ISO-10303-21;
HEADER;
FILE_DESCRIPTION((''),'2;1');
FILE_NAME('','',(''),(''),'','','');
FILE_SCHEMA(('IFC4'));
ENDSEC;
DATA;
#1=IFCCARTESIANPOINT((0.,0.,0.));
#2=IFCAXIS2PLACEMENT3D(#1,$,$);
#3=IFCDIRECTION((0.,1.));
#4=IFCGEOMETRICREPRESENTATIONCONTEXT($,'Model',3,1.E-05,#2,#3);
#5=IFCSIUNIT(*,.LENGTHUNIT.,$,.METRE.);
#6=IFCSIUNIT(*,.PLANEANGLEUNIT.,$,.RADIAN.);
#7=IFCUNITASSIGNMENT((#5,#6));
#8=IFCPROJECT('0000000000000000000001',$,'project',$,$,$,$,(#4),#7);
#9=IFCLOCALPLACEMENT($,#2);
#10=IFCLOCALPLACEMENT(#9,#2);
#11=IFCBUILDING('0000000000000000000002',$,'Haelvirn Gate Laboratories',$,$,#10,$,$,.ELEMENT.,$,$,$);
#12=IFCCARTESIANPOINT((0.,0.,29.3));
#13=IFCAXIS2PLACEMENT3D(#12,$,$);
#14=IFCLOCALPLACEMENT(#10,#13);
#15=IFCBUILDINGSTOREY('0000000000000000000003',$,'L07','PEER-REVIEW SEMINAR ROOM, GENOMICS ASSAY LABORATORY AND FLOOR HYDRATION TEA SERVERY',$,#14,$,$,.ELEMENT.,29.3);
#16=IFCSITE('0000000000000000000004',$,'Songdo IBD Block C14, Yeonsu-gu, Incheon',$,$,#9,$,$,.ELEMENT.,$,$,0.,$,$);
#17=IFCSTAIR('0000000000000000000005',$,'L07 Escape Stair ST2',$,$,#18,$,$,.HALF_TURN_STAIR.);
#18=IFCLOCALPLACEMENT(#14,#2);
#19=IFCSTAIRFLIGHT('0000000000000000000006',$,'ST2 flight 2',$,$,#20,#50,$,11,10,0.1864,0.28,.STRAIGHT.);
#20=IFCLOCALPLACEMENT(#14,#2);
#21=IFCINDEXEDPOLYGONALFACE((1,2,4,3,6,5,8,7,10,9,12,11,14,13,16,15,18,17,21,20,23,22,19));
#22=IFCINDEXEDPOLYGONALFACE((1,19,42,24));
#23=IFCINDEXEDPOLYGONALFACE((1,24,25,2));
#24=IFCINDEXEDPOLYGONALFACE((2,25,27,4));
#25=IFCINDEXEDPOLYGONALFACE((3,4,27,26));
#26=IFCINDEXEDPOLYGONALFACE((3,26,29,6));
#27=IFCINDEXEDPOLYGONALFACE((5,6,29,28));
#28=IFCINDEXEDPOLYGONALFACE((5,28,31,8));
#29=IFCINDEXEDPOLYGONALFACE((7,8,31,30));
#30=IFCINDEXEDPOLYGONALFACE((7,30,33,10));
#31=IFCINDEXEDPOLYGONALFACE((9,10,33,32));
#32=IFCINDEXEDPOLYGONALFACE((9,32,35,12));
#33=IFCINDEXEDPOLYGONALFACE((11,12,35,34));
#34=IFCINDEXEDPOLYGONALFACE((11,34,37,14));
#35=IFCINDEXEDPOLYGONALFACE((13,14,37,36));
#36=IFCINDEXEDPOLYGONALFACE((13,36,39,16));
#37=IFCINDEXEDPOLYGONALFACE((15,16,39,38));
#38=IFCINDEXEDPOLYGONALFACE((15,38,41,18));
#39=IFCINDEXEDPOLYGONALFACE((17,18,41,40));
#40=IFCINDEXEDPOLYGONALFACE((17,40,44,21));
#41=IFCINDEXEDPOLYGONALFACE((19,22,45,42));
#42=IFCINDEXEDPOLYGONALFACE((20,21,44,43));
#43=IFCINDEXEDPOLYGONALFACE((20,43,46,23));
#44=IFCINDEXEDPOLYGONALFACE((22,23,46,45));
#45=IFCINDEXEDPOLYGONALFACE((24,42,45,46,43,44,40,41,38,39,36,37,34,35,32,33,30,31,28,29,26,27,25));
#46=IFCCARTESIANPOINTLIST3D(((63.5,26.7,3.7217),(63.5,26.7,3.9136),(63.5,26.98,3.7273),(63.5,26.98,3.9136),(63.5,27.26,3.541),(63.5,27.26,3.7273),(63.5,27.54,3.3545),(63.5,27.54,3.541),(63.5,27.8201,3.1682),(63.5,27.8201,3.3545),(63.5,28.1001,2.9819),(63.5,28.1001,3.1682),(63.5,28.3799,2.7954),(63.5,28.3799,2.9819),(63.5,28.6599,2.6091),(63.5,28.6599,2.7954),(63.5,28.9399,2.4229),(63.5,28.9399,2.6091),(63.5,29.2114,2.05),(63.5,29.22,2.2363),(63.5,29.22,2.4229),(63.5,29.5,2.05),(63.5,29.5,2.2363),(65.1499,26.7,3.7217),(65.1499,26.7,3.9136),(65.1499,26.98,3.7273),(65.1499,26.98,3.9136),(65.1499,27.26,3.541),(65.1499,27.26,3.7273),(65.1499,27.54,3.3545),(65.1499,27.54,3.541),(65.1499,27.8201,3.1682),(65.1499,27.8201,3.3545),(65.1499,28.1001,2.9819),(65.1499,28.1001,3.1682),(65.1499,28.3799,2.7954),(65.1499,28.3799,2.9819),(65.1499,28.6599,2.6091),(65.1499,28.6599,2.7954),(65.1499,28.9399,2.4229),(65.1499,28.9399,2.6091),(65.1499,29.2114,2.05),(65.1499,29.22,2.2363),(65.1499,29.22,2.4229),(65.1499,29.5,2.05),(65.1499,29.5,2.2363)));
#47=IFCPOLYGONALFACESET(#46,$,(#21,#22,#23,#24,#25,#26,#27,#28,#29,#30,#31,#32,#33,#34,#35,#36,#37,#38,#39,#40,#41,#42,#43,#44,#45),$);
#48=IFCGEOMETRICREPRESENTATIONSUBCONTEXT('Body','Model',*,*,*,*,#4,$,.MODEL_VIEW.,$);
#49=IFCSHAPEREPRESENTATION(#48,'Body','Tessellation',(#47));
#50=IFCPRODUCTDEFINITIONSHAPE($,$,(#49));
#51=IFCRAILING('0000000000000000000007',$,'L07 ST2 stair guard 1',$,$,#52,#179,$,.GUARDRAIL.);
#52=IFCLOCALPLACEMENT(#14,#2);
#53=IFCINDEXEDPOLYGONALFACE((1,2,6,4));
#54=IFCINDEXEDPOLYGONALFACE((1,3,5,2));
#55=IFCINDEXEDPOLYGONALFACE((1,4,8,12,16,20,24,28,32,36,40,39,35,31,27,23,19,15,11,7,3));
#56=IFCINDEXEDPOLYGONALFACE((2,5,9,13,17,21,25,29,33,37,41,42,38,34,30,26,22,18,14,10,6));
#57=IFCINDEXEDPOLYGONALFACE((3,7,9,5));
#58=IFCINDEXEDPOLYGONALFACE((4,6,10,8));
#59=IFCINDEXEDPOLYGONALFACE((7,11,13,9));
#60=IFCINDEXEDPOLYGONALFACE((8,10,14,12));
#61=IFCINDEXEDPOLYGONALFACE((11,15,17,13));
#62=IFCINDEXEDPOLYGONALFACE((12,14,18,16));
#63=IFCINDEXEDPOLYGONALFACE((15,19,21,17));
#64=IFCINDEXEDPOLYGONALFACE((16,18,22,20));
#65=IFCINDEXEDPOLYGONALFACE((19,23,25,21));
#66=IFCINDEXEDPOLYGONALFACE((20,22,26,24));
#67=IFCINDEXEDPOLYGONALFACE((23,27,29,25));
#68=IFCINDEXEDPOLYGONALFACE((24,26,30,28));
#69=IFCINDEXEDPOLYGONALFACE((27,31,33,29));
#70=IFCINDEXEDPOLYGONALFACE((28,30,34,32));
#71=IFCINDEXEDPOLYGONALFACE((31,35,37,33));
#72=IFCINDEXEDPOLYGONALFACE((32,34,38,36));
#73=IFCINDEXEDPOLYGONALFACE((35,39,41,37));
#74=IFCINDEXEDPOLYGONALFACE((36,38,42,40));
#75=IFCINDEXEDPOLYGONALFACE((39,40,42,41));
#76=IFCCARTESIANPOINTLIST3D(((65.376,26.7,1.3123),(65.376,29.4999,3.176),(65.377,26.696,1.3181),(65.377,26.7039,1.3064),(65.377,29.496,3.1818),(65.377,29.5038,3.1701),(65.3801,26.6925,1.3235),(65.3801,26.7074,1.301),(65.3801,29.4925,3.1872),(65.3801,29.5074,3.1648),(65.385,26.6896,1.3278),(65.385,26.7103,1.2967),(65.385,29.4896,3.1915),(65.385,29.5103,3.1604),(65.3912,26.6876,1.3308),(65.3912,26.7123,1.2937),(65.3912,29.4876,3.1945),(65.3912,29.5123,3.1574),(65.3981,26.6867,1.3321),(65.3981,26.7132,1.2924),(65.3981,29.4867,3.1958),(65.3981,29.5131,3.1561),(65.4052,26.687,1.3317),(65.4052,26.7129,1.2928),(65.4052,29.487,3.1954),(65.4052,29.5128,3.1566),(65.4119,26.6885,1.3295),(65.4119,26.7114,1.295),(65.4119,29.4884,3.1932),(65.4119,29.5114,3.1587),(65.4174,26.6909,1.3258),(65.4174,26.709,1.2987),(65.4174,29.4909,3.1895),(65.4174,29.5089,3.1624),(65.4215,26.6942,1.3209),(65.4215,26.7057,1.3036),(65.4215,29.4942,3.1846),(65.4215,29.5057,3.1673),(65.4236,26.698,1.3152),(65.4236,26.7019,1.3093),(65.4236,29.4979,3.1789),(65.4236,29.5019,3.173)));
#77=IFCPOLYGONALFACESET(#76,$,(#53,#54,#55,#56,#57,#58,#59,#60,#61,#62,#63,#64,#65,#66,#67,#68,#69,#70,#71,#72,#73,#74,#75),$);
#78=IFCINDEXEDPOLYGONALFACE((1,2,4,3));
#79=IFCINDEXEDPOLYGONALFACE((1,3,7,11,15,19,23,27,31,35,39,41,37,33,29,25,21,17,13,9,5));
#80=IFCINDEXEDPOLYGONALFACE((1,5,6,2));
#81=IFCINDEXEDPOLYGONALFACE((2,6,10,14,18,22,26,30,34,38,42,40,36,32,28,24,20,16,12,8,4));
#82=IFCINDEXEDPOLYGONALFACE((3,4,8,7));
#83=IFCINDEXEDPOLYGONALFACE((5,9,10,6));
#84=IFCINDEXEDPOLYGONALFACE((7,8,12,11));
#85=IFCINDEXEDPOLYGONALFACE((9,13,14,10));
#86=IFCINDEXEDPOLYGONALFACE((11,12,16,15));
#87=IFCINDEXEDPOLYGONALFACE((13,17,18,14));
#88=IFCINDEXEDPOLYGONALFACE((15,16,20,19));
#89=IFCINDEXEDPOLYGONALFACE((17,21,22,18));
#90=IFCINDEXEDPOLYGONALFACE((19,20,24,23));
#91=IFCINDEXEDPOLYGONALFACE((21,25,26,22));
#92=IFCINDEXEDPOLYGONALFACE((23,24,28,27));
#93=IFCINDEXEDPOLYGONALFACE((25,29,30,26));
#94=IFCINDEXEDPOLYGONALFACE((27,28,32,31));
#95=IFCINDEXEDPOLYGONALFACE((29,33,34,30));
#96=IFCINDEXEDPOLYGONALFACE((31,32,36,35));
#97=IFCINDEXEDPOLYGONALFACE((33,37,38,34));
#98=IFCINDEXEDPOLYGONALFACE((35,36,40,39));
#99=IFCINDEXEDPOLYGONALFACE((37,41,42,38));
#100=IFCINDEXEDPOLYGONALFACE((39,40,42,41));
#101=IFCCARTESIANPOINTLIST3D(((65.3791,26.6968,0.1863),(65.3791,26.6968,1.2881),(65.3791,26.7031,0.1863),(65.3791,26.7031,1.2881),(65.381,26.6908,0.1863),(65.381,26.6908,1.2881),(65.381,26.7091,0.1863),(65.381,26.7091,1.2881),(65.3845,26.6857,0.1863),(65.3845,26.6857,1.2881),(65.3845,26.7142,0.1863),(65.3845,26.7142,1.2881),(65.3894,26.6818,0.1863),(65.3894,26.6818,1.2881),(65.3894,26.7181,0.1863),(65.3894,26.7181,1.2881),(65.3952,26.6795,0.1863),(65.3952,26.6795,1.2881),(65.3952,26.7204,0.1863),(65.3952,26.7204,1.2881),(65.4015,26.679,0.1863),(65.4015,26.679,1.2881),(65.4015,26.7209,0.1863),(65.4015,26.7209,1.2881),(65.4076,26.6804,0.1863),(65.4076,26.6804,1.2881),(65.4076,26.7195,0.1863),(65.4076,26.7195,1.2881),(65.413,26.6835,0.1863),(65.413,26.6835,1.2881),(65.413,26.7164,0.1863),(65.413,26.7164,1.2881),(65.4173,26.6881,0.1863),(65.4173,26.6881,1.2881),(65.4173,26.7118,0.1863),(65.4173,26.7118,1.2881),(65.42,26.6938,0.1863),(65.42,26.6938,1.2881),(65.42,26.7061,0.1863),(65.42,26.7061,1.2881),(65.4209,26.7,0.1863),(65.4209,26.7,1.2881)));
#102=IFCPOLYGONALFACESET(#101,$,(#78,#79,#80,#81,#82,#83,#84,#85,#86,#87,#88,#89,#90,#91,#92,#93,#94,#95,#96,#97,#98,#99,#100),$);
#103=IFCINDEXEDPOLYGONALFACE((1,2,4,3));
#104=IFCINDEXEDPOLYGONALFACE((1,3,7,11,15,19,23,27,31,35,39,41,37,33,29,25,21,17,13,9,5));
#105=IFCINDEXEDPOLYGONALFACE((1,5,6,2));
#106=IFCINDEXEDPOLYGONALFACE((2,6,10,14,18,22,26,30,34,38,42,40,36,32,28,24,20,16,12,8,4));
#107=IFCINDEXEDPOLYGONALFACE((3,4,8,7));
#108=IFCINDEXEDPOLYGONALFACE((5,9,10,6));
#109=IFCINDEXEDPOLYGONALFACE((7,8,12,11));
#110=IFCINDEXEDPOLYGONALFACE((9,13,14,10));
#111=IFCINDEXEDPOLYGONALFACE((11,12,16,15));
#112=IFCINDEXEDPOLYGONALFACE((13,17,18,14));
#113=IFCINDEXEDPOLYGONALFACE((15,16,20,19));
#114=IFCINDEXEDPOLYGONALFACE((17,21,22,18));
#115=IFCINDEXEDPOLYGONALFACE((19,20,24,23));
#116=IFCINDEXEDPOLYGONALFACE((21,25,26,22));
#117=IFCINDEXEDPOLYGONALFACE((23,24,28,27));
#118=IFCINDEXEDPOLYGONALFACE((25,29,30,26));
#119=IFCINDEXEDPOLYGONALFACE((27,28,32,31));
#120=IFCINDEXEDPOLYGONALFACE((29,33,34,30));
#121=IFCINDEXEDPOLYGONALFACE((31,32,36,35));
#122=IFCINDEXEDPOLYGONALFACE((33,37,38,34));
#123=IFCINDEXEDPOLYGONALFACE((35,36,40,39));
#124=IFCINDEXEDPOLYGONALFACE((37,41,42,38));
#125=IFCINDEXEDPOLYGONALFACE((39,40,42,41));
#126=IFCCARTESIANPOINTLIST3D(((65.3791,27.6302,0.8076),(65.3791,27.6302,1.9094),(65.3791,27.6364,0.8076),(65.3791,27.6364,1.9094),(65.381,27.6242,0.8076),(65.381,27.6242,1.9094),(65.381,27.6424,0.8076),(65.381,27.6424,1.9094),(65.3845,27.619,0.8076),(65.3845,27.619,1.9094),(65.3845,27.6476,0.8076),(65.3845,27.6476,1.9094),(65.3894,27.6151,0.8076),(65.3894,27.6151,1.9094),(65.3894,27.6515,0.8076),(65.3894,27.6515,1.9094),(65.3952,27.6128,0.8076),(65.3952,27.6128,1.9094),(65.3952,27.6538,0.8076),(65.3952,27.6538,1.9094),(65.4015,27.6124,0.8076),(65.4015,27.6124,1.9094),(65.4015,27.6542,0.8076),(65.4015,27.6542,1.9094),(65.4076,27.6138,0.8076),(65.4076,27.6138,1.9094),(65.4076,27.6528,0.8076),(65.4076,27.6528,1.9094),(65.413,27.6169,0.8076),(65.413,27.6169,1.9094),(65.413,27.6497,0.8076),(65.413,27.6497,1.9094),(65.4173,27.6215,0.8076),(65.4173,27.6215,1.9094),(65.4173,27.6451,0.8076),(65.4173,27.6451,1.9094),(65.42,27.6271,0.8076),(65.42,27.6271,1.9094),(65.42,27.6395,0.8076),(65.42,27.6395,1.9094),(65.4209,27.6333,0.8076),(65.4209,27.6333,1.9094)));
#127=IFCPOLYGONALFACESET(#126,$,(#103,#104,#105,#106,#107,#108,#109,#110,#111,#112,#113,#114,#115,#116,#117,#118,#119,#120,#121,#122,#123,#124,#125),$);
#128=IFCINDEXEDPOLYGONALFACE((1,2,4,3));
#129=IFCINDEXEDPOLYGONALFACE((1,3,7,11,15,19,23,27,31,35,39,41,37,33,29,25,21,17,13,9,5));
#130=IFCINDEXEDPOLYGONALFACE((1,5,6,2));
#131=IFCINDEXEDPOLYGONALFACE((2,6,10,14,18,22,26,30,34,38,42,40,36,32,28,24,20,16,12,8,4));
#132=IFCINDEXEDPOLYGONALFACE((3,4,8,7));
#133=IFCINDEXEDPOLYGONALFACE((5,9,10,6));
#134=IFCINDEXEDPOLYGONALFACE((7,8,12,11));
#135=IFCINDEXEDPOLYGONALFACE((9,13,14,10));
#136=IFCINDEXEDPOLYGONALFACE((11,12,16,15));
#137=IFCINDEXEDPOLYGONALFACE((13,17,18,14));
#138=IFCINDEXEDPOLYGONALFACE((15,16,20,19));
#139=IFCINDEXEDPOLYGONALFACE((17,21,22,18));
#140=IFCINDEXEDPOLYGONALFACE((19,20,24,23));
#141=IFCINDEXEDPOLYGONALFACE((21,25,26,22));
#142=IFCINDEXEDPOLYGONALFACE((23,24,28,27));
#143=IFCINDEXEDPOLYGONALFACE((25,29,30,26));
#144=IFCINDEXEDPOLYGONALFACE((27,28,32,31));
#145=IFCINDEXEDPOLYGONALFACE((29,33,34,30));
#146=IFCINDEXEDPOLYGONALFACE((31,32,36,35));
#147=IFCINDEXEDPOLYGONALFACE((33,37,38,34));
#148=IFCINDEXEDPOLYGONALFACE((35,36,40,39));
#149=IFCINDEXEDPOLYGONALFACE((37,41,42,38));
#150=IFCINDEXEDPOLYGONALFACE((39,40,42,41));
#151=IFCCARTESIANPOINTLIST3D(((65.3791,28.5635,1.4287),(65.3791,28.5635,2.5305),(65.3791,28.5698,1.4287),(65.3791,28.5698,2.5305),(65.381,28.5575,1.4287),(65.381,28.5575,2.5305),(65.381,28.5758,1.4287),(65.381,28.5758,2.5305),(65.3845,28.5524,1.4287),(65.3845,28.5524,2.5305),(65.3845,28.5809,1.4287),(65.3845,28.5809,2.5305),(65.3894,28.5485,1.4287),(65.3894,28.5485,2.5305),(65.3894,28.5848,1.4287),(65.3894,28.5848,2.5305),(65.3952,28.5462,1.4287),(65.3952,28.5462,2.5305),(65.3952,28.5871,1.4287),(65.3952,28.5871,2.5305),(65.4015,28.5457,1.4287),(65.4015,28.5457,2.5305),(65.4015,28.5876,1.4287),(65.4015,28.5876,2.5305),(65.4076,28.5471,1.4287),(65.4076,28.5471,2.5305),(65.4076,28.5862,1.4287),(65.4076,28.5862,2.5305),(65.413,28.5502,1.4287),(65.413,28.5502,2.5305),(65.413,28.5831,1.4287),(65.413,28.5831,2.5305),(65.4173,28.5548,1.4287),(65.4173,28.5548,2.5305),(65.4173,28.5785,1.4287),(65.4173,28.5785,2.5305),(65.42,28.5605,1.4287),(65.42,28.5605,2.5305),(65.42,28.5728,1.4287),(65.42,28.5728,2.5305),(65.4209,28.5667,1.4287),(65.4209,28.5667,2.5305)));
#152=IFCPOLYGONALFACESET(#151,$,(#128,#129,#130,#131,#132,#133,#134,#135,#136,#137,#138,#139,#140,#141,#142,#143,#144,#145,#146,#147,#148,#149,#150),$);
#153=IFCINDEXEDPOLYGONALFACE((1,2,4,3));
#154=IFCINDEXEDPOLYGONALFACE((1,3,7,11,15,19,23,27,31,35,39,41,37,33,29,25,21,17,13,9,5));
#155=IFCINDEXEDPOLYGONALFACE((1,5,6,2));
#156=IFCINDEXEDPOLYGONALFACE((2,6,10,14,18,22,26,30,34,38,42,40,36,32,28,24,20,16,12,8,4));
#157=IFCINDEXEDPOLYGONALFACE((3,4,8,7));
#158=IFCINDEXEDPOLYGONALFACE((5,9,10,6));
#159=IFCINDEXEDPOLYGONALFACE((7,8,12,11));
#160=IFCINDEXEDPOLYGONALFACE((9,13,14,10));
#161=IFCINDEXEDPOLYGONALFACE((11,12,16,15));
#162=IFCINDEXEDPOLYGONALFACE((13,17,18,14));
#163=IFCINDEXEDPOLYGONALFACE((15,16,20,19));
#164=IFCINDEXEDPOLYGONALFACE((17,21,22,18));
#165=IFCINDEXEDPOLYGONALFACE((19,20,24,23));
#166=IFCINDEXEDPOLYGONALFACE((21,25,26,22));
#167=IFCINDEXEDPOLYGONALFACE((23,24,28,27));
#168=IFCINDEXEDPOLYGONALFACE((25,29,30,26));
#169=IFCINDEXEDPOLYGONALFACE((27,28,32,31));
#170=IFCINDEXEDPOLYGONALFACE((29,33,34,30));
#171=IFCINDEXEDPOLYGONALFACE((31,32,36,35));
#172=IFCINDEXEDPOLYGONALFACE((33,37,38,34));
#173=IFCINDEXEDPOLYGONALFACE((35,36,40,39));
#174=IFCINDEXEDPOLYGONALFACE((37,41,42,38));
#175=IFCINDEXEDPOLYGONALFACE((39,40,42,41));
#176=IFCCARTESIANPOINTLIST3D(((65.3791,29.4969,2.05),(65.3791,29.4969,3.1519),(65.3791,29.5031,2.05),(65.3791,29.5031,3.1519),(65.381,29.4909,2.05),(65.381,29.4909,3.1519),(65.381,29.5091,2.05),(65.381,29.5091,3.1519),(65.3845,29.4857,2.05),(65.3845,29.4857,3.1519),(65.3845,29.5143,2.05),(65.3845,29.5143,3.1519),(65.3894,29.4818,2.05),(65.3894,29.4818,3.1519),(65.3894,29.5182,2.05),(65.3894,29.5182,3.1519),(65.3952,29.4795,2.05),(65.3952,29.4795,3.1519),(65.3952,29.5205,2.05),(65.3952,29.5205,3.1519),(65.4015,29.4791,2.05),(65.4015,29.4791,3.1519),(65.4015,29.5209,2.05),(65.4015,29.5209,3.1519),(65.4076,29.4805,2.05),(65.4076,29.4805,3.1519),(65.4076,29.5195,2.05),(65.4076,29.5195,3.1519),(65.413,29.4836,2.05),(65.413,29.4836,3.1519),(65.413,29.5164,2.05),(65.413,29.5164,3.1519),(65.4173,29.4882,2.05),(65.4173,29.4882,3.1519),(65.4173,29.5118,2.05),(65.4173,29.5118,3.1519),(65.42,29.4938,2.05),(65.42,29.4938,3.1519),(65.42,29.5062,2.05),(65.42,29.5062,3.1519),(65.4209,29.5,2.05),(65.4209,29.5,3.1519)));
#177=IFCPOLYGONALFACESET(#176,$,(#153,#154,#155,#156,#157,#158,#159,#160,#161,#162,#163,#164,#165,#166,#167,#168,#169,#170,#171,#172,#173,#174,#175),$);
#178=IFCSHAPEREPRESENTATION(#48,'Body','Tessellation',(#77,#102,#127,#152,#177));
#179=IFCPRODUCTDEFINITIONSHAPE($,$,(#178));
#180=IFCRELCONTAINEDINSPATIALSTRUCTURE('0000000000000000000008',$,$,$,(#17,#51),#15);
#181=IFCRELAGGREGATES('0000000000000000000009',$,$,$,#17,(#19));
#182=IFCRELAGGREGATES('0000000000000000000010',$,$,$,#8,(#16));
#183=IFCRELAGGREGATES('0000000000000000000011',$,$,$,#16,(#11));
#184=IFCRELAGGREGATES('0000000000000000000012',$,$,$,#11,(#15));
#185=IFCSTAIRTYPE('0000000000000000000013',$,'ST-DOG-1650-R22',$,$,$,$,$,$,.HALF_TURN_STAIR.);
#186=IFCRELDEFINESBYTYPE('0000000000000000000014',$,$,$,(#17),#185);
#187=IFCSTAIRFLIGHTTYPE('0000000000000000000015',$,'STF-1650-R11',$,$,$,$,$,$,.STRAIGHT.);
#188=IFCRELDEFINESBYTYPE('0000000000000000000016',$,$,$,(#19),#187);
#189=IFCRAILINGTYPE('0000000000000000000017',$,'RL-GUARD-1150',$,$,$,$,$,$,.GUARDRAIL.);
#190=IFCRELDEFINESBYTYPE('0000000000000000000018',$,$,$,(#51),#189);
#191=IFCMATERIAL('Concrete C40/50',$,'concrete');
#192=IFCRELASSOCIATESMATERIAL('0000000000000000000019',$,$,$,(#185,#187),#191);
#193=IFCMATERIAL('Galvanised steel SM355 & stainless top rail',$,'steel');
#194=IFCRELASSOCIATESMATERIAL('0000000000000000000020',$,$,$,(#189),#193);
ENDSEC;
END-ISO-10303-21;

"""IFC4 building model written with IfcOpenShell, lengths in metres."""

from ifc_helpers import new_model, si_unit, direction, frame, origin, origin_2d, place, context, subcontext, project, spatial, polyline, circle, outline, extrude, source, transform, mapped, material, type_object, type_shapes, element, aggregate, save


model = new_model("IFC4")

# Units and contexts
model_context = context("Model", 3, precision=1e-05, world=origin(), true_north=direction((0.0, 1.0)))
body_context = subcontext(model_context, "Body", "Model", "MODEL_VIEW")
ifc_project = project(units=[si_unit("LENGTHUNIT", "METRE"), si_unit("PLANEANGLEUNIT", "RADIAN")], contexts=[model_context])

# Site, building, storey
site_placement = place(None, origin())
site = spatial("IfcSite", under=ifc_project, at=site_placement, Name="Songdo IBD Block C14, Yeonsu-gu, Incheon", CompositionType="ELEMENT", RefElevation=0.0)
building_placement = place(site_placement, origin())
building = spatial("IfcBuilding", under=site, at=building_placement, Name="Haelvirn Gate Laboratories", CompositionType="ELEMENT")
storey_placement = place(building_placement, frame((0.0, 0.0, 29.3)))
storey = spatial("IfcBuildingStorey", under=building, at=storey_placement, Name="L07", Description="PEER-REVIEW SEMINAR ROOM, GENOMICS ASSAY LABORATORY AND FLOOR HYDRATION TEA SERVERY", CompositionType="ELEMENT", Elevation=29.3)

# Shared definitions
ifc_material_1 = material(Name="Concrete C40/50", Category="concrete")

# Stair, stair flight
stair_type = type_object("IfcStairType", Name="ST-DOG-1650-R22", PredefinedType="HALF_TURN_STAIR", material=ifc_material_1)
stair_placement = place(storey_placement, origin())
stair = element("IfcStair", 1, at=stair_placement, inside=storey, type_object=stair_type, Name="L07 Escape Stair ST2", PredefinedType="HALF_TURN_STAIR")
stair_flight_type = type_object("IfcStairFlightType", Name="STF-1650-R11", PredefinedType="STRAIGHT", material=ifc_material_1)
shared_shape_1 = source(origin(), body_context, "Body", "SweptSolid", [
    extrude(outline(polyline([(0.0, 0.0), (0.0, 0.1863), (0.28, 0.1863), (0.28, 0.3728), (0.5601, 0.3728), (0.5601, 0.5591), (0.8401, 0.5591), (0.8401, 0.7454), (1.1201, 0.7454), (1.1201, 0.9319), (1.3999, 0.9319), (1.3999, 1.1182), (1.6799, 1.1182), (1.6799, 1.3044), (1.96, 1.3044), (1.96, 1.491), (2.24, 1.491), (2.24, 1.6772), (2.52, 1.6772), (2.52, 1.8635), (2.8, 1.8635), (2.8, 2.05), (2.8, 1.6716), (0.2886, 0.0), (0.0, 0.0)])), frame((0.0, 0.825, 0.0), z_axis=(0.0, -1.0, 0.0), x_axis=(1.0, 0.0, 0.0)), (0.0, 0.0, 1.0), 1.6499),
])
type_shapes(stair_flight_type, [shared_shape_1])
stair_flight_1_placement = place(storey_placement, frame((64.325, 29.5, 2.05), z_axis=(0.0, 0.0, 1.0), x_axis=(0.0, -1.0, 0.0)))
stair_flight_1 = element("IfcStairFlight", 2, at=stair_flight_1_placement, type_object=stair_flight_type, Name="ST2 flight 2", NumberOfRisers=11, NumberOfTreads=10, PredefinedType="STRAIGHT", RiserHeight=0.1864, TreadLength=0.28, context=body_context, shape_type="MappedRepresentation", body=[
    mapped(shared_shape_1, transform((0.0, 0.0, 0.0), scale=1.0)),
])
aggregate(stair, [stair_flight_1])

# Railing
ifc_material_2 = material(Name="Galvanised steel SM355 & stainless top rail", Category="steel")
railing_type_1 = type_object("IfcRailingType", Name="RL-GUARD-1150", PredefinedType="GUARDRAIL", material=ifc_material_2)
shared_shape_2 = source(origin(), body_context, "Body", "SweptSolid", [
    extrude(circle(Radius=0.0239, at=origin_2d()), frame((0.0, 0.0, 1.126), z_axis=(0.0, 0.832452, 0.554097), x_axis=(-1.0, 0.0, 0.0)), (0.0, 0.0, 1.0), 3.3635),
    extrude(circle(Radius=0.021, at=origin_2d()), origin(), (0.0, 0.0, 1.0), 1.1018),
    extrude(circle(Radius=0.021, at=origin_2d()), frame((0.0, 0.9333, 0.6213)), (0.0, 0.0, 1.0), 1.1018),
    extrude(circle(Radius=0.021, at=origin_2d()), frame((0.0, 1.8667, 1.2424)), (0.0, 0.0, 1.0), 1.1018),
    extrude(circle(Radius=0.021, at=origin_2d()), frame((0.0, 2.8, 1.8638)), (0.0, 0.0, 1.0), 1.1018),
])
railing_1_placement = place(storey_placement, frame((65.3999, 26.7, 0.1863)))
element("IfcRailing", 3, at=railing_1_placement, inside=storey, type_object=railing_type_1, Name="L07 ST2 stair guard 1", PredefinedType="GUARDRAIL", context=body_context, shape_type="MappedRepresentation", body=[
    mapped(shared_shape_2, transform((0.0, 0.0, 0.0), scale=1.0)),
])

save(model, "model.ifc")
